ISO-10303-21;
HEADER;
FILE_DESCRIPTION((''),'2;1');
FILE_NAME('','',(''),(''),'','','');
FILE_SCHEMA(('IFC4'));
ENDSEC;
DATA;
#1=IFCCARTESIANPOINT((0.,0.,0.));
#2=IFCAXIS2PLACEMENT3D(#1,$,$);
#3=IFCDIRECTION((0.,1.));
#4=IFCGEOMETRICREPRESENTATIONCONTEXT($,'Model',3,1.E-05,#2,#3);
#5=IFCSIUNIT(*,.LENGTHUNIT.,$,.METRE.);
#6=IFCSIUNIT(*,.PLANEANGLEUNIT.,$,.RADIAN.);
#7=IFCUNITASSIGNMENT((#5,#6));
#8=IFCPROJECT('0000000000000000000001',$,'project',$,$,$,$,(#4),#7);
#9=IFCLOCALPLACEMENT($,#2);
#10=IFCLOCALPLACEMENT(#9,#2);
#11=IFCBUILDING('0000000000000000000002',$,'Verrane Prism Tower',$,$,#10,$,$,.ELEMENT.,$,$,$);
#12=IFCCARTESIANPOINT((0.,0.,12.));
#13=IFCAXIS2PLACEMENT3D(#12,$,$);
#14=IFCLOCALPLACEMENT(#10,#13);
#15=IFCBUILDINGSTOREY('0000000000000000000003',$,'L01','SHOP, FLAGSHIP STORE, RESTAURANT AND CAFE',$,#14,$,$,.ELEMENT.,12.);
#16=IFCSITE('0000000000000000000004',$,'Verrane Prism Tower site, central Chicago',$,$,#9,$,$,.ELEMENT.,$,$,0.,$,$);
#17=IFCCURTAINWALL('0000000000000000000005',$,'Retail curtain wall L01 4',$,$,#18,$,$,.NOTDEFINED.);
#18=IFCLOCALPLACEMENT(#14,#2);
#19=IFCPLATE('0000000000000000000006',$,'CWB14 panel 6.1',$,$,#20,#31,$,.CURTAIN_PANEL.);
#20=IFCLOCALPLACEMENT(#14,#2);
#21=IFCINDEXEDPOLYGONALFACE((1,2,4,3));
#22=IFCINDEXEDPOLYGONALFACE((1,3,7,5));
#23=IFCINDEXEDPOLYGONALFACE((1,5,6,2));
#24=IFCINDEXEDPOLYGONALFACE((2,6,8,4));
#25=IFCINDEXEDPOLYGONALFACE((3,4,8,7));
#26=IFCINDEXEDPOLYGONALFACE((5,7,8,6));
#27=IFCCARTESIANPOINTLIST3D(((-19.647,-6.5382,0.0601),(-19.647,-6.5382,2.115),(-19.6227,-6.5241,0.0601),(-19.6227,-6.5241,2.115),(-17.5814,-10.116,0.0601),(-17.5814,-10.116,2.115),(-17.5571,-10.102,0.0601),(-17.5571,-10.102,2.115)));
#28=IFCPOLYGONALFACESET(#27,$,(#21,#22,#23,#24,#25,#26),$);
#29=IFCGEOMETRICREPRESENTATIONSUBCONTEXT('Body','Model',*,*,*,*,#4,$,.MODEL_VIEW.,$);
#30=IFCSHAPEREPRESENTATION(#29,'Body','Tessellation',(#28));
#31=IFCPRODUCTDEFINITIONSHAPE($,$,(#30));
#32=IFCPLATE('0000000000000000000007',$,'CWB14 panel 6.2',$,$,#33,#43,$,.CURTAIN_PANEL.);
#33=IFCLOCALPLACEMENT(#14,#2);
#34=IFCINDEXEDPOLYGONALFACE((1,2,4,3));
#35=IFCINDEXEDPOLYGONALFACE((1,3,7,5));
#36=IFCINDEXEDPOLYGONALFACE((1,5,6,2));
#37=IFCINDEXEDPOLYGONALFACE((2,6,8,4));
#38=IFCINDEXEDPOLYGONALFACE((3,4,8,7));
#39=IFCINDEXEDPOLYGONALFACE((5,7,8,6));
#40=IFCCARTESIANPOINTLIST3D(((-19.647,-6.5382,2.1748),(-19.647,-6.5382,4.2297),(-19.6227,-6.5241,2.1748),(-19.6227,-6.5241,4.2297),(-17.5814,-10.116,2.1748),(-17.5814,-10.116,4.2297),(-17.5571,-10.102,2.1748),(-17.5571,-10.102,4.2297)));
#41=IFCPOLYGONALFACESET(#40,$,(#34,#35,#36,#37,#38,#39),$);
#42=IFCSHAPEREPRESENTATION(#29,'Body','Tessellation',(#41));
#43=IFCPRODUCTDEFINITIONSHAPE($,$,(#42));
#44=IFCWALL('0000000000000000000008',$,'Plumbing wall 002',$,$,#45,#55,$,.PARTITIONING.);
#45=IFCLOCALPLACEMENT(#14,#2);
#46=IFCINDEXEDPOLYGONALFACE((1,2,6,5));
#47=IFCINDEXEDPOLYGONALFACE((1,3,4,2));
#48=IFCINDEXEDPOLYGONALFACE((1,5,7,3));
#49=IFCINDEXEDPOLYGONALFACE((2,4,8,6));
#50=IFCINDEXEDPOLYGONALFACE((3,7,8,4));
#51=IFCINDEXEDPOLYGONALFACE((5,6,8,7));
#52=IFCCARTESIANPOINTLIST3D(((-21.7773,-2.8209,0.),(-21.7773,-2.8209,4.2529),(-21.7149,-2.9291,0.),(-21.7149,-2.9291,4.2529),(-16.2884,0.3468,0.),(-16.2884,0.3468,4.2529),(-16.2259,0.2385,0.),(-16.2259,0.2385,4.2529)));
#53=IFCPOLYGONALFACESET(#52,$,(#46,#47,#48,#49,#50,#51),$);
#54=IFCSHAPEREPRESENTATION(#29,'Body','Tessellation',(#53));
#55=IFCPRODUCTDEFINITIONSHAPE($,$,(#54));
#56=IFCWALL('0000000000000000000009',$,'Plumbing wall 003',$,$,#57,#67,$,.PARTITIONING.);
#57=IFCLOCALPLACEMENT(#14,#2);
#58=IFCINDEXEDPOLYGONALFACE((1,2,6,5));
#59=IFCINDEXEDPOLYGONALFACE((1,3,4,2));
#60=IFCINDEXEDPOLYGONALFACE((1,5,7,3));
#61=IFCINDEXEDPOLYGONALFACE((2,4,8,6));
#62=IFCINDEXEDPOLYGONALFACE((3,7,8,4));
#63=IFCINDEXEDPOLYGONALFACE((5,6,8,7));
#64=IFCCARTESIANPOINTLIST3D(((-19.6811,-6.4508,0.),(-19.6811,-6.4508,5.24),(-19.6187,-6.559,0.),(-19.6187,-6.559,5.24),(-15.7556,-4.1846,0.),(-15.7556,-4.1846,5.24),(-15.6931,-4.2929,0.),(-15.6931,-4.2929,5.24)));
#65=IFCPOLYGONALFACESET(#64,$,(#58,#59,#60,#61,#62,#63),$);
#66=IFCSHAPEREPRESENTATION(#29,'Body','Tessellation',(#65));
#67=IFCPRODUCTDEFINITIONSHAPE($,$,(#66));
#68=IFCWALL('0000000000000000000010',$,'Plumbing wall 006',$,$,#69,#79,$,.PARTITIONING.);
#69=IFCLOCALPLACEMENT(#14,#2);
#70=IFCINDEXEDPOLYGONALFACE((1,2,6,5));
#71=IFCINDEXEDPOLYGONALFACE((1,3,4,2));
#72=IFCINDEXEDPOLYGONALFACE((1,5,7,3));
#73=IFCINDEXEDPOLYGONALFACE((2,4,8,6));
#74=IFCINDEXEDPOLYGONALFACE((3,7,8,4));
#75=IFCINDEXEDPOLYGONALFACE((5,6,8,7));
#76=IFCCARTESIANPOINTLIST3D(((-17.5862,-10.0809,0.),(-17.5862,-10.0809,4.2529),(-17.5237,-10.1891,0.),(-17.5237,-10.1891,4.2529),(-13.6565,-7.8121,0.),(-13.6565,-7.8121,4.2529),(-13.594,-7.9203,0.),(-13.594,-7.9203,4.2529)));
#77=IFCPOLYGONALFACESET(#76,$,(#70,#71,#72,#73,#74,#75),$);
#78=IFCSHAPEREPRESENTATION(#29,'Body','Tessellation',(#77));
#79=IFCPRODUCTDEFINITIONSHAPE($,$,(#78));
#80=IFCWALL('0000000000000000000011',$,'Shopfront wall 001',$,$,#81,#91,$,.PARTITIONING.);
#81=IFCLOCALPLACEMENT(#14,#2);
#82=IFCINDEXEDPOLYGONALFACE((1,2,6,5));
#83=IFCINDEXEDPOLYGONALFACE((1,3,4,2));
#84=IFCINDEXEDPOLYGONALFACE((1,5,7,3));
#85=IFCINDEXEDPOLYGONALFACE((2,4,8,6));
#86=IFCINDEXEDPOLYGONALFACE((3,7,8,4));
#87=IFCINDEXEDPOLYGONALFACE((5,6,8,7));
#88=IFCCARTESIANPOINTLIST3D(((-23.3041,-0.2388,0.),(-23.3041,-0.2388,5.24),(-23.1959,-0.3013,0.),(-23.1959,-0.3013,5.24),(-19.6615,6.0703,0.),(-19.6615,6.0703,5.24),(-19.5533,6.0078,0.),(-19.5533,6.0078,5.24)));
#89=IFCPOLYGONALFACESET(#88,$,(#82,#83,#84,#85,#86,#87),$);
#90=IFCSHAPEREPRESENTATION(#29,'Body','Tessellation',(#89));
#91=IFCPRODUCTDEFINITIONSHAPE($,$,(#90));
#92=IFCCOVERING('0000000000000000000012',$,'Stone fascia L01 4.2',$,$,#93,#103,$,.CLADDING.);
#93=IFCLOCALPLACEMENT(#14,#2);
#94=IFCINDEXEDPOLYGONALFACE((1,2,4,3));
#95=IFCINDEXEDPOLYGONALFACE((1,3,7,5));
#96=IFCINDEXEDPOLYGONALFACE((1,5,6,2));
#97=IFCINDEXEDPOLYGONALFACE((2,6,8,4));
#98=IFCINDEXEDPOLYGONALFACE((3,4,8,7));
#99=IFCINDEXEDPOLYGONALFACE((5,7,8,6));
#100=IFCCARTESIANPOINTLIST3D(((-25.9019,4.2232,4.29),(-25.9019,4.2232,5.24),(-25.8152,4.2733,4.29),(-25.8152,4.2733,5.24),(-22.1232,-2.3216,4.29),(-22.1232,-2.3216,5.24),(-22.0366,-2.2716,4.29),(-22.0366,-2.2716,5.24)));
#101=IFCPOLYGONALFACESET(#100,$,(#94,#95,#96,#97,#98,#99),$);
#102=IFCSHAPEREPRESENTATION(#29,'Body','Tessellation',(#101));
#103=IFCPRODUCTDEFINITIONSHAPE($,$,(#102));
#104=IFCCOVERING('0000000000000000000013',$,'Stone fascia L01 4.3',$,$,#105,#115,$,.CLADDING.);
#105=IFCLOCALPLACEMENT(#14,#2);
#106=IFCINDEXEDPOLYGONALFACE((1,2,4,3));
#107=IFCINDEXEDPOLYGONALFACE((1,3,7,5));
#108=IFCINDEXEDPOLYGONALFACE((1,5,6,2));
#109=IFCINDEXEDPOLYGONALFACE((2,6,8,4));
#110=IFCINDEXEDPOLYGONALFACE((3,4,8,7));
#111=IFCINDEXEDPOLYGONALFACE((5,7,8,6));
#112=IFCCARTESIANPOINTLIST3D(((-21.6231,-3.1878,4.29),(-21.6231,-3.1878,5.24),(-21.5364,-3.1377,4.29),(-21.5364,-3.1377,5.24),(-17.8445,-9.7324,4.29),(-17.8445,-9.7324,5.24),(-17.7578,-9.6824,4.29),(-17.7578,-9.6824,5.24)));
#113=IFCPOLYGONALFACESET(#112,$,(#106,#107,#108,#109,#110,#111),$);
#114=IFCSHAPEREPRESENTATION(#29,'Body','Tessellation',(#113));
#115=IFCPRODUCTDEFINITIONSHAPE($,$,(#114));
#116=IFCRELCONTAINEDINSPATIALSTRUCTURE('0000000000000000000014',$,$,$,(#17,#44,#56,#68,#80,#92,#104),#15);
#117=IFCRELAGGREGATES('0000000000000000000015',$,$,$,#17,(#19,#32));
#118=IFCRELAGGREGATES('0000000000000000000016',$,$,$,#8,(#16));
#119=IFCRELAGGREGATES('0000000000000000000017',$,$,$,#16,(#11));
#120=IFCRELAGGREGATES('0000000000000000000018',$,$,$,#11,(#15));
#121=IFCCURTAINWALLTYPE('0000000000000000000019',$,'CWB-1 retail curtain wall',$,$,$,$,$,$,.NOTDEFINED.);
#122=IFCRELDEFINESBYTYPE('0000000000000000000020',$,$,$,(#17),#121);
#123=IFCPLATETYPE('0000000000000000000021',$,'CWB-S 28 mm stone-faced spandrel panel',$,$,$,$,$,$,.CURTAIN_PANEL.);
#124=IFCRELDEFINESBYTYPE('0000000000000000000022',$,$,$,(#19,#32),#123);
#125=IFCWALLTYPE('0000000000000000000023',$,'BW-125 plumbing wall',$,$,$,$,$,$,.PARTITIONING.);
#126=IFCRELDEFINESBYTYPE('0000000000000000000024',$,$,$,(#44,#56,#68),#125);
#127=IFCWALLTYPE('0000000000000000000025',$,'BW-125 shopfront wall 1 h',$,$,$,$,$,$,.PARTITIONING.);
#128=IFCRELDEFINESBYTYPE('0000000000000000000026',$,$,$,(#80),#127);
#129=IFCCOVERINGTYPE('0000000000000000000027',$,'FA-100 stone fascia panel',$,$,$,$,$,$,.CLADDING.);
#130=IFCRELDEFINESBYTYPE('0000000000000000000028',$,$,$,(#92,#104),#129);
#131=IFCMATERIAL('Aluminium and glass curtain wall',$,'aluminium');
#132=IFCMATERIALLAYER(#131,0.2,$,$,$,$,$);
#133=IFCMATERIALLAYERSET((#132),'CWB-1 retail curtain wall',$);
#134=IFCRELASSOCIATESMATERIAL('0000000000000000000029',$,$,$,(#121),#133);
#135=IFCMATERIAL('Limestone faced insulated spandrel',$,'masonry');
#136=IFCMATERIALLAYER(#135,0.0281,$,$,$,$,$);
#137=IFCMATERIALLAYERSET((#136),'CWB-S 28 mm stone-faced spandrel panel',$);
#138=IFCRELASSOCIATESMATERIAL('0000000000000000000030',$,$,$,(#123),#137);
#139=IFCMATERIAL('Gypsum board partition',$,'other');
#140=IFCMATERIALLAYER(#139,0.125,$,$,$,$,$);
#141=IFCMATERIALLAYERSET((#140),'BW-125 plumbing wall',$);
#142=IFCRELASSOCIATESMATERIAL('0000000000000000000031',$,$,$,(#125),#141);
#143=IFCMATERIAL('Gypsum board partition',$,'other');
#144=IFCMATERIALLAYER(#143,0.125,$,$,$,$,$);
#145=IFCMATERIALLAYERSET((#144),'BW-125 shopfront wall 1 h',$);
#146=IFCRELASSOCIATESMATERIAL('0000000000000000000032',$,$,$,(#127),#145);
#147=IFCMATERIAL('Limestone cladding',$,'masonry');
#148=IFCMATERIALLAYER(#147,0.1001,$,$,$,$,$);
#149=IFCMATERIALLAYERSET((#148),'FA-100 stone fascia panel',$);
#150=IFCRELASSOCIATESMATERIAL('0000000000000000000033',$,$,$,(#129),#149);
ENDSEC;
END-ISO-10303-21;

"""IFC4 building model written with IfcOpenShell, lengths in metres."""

from ifc_helpers import new_model, si_unit, direction, frame, frame_2d, origin, origin_2d, place, context, subcontext, project, spatial, rectangle, extrude, material, layer, layer_set, type_object, element, aggregate, save


model = new_model("IFC4")

# Units and contexts
model_context = context("Model", 3, precision=1e-05, world=origin(), true_north=direction((0.0, 1.0)))
body_context = subcontext(model_context, "Body", "Model", "MODEL_VIEW")
ifc_project = project(units=[si_unit("LENGTHUNIT", "METRE"), si_unit("PLANEANGLEUNIT", "RADIAN")], contexts=[model_context])

# Site, building, storey
site_placement = place(None, origin())
site = spatial("IfcSite", under=ifc_project, at=site_placement, Name="Verrane Prism Tower site, central Chicago", CompositionType="ELEMENT", RefElevation=0.0)
building_placement = place(site_placement, origin())
building = spatial("IfcBuilding", under=site, at=building_placement, Name="Verrane Prism Tower", CompositionType="ELEMENT")
storey_placement = place(building_placement, frame((0.0, 0.0, 12.0)))
storey = spatial("IfcBuildingStorey", under=building, at=storey_placement, Name="L01", Description="SHOP, FLAGSHIP STORE, RESTAURANT AND CAFE", CompositionType="ELEMENT", Elevation=12.0)

# Curtain wall
ifc_material_1 = material(Name="Aluminium and glass curtain wall", Category="aluminium")
ifc_layer_1 = layer(ifc_material_1, 0.2)
ifc_layer_set_1 = layer_set([ifc_layer_1], Name="CWB-1 retail curtain wall")
curtain_wall_type = type_object("IfcCurtainWallType", Name="CWB-1 retail curtain wall", PredefinedType="NOTDEFINED", material=ifc_layer_set_1)
curtain_wall_placement = place(storey_placement, origin())
curtain_wall = element("IfcCurtainWall", 1, at=curtain_wall_placement, inside=storey, type_object=curtain_wall_type, Name="Retail curtain wall L01 4", PredefinedType="NOTDEFINED")

# Plates
ifc_material_2 = material(Name="Limestone faced insulated spandrel", Category="masonry")
ifc_layer_2 = layer(ifc_material_2, 0.0281)
ifc_layer_set_2 = layer_set([ifc_layer_2], Name="CWB-S 28 mm stone-faced spandrel panel")
plate_type_1 = type_object("IfcPlateType", Name="CWB-S 28 mm stone-faced spandrel panel", PredefinedType="CURTAIN_PANEL", material=ifc_layer_set_2)
plate_1_placement = place(storey_placement, frame((-18.6021, -8.3201, 0.0601), z_axis=(0.0, 0.0, 1.0), x_axis=(0.5, -0.866025, 0.0)))
plate_1 = element("IfcPlate", 2, at=plate_1_placement, type_object=plate_type_1, Name="CWB14 panel 6.1", PredefinedType="CURTAIN_PANEL", context=body_context, shape_type="SweptSolid", body=[
    extrude(rectangle(XDim=4.1313, YDim=0.0281, at=origin_2d()), origin(), (0.0, 0.0, 1.0), 2.0549),
])
plate_2_placement = place(storey_placement, frame((-18.6021, -8.3201, 2.1748), z_axis=(0.0, 0.0, 1.0), x_axis=(0.5, -0.866025, 0.0)))
plate_2 = element("IfcPlate", 3, at=plate_2_placement, type_object=plate_type_1, Name="CWB14 panel 6.2", PredefinedType="CURTAIN_PANEL", context=body_context, shape_type="SweptSolid", body=[
    extrude(rectangle(XDim=4.1313, YDim=0.0281, at=origin_2d()), origin(), (0.0, 0.0, 1.0), 2.0549),
])
aggregate(curtain_wall, [plate_1, plate_2])

# Walls
ifc_material_3 = material(Name="Gypsum board partition", Category="other")
ifc_layer_3 = layer(ifc_material_3, 0.125)
ifc_layer_set_3 = layer_set([ifc_layer_3], Name="BW-125 plumbing wall")
wall_type_1 = type_object("IfcWallType", Name="BW-125 plumbing wall", PredefinedType="PARTITIONING", material=ifc_layer_set_3)
wall_1_placement = place(storey_placement, frame((-21.7461, -2.875, 0.0), z_axis=(0.0, 0.0, 1.0), x_axis=(0.866118, 0.499839, 0.0)))
element("IfcWall", 4, at=wall_1_placement, inside=storey, type_object=wall_type_1, Name="Plumbing wall 002", PredefinedType="PARTITIONING", context=body_context, shape_type="SweptSolid", body=[
    extrude(rectangle(XDim=6.3374, YDim=0.125, at=frame_2d((3.1687, 0.0))), origin(), (0.0, 0.0, 1.0), 4.2529),
])
wall_2_placement = place(storey_placement, frame((-19.6499, -6.5049, 0.0), z_axis=(0.0, 0.0, 1.0), x_axis=(0.866054, 0.499951, 0.0)))
element("IfcWall", 5, at=wall_2_placement, inside=storey, type_object=wall_type_1, Name="Plumbing wall 003", PredefinedType="PARTITIONING", context=body_context, shape_type="SweptSolid", body=[
    extrude(rectangle(XDim=4.5327, YDim=0.125, at=frame_2d((2.2664, 0.0))), origin(), (0.0, 0.0, 1.0), 5.24),
])
wall_3_placement = place(storey_placement, frame((-17.5549, -10.135, 0.0), z_axis=(0.0, 0.0, 1.0), x_axis=(0.866026, 0.499999, 0.0)))
element("IfcWall", 6, at=wall_3_placement, inside=storey, type_object=wall_type_1, Name="Plumbing wall 006", PredefinedType="PARTITIONING", context=body_context, shape_type="SweptSolid", body=[
    extrude(rectangle(XDim=4.5376, YDim=0.125, at=frame_2d((2.2688, 0.0))), origin(), (0.0, 0.0, 1.0), 4.2529),
])
ifc_material_4 = material(Name="Gypsum board partition", Category="other")
ifc_layer_4 = layer(ifc_material_4, 0.125)
ifc_layer_set_4 = layer_set([ifc_layer_4], Name="BW-125 shopfront wall 1 h")
wall_type_2 = type_object("IfcWallType", Name="BW-125 shopfront wall 1 h", PredefinedType="PARTITIONING", material=ifc_layer_set_4)
wall_4_placement = place(storey_placement, frame((-23.25, -0.27, 0.0), z_axis=(0.0, 0.0, 1.0), x_axis=(0.500003, 0.866024, 0.0)))
element("IfcWall", 7, at=wall_4_placement, inside=storey, type_object=wall_type_2, Name="Shopfront wall 001", PredefinedType="PARTITIONING", context=body_context, shape_type="SweptSolid", body=[
    extrude(rectangle(XDim=7.2852, YDim=0.125, at=frame_2d((3.6426, 0.0))), origin(), (0.0, 0.0, 1.0), 5.24),
])

# Coverings
ifc_material_5 = material(Name="Limestone cladding", Category="masonry")
ifc_layer_5 = layer(ifc_material_5, 0.1001)
ifc_layer_set_5 = layer_set([ifc_layer_5], Name="FA-100 stone fascia panel")
covering_type = type_object("IfcCoveringType", Name="FA-100 stone fascia panel", PredefinedType="CLADDING", material=ifc_layer_set_5)
covering_1_placement = place(storey_placement, frame((-23.9692, 0.9758, 4.29), z_axis=(0.0, 0.0, 1.0), x_axis=(0.5, -0.866025, 0.0)))
element("IfcCovering", 8, at=covering_1_placement, inside=storey, type_object=covering_type, Name="Stone fascia L01 4.2", PredefinedType="CLADDING", context=body_context, shape_type="SweptSolid", body=[
    extrude(rectangle(XDim=7.5574, YDim=0.1001, at=origin_2d()), origin(), (0.0, 0.0, 1.0), 0.95),
])
covering_2_placement = place(storey_placement, frame((-19.6904, -6.4351, 4.29), z_axis=(0.0, 0.0, 1.0), x_axis=(0.5, -0.866025, 0.0)))
element("IfcCovering", 9, at=covering_2_placement, inside=storey, type_object=covering_type, Name="Stone fascia L01 4.3", PredefinedType="CLADDING", context=body_context, shape_type="SweptSolid", body=[
    extrude(rectangle(XDim=7.5571, YDim=0.1001, at=origin_2d()), origin(), (0.0, 0.0, 1.0), 0.95),
])

save(model, "model.ifc")
